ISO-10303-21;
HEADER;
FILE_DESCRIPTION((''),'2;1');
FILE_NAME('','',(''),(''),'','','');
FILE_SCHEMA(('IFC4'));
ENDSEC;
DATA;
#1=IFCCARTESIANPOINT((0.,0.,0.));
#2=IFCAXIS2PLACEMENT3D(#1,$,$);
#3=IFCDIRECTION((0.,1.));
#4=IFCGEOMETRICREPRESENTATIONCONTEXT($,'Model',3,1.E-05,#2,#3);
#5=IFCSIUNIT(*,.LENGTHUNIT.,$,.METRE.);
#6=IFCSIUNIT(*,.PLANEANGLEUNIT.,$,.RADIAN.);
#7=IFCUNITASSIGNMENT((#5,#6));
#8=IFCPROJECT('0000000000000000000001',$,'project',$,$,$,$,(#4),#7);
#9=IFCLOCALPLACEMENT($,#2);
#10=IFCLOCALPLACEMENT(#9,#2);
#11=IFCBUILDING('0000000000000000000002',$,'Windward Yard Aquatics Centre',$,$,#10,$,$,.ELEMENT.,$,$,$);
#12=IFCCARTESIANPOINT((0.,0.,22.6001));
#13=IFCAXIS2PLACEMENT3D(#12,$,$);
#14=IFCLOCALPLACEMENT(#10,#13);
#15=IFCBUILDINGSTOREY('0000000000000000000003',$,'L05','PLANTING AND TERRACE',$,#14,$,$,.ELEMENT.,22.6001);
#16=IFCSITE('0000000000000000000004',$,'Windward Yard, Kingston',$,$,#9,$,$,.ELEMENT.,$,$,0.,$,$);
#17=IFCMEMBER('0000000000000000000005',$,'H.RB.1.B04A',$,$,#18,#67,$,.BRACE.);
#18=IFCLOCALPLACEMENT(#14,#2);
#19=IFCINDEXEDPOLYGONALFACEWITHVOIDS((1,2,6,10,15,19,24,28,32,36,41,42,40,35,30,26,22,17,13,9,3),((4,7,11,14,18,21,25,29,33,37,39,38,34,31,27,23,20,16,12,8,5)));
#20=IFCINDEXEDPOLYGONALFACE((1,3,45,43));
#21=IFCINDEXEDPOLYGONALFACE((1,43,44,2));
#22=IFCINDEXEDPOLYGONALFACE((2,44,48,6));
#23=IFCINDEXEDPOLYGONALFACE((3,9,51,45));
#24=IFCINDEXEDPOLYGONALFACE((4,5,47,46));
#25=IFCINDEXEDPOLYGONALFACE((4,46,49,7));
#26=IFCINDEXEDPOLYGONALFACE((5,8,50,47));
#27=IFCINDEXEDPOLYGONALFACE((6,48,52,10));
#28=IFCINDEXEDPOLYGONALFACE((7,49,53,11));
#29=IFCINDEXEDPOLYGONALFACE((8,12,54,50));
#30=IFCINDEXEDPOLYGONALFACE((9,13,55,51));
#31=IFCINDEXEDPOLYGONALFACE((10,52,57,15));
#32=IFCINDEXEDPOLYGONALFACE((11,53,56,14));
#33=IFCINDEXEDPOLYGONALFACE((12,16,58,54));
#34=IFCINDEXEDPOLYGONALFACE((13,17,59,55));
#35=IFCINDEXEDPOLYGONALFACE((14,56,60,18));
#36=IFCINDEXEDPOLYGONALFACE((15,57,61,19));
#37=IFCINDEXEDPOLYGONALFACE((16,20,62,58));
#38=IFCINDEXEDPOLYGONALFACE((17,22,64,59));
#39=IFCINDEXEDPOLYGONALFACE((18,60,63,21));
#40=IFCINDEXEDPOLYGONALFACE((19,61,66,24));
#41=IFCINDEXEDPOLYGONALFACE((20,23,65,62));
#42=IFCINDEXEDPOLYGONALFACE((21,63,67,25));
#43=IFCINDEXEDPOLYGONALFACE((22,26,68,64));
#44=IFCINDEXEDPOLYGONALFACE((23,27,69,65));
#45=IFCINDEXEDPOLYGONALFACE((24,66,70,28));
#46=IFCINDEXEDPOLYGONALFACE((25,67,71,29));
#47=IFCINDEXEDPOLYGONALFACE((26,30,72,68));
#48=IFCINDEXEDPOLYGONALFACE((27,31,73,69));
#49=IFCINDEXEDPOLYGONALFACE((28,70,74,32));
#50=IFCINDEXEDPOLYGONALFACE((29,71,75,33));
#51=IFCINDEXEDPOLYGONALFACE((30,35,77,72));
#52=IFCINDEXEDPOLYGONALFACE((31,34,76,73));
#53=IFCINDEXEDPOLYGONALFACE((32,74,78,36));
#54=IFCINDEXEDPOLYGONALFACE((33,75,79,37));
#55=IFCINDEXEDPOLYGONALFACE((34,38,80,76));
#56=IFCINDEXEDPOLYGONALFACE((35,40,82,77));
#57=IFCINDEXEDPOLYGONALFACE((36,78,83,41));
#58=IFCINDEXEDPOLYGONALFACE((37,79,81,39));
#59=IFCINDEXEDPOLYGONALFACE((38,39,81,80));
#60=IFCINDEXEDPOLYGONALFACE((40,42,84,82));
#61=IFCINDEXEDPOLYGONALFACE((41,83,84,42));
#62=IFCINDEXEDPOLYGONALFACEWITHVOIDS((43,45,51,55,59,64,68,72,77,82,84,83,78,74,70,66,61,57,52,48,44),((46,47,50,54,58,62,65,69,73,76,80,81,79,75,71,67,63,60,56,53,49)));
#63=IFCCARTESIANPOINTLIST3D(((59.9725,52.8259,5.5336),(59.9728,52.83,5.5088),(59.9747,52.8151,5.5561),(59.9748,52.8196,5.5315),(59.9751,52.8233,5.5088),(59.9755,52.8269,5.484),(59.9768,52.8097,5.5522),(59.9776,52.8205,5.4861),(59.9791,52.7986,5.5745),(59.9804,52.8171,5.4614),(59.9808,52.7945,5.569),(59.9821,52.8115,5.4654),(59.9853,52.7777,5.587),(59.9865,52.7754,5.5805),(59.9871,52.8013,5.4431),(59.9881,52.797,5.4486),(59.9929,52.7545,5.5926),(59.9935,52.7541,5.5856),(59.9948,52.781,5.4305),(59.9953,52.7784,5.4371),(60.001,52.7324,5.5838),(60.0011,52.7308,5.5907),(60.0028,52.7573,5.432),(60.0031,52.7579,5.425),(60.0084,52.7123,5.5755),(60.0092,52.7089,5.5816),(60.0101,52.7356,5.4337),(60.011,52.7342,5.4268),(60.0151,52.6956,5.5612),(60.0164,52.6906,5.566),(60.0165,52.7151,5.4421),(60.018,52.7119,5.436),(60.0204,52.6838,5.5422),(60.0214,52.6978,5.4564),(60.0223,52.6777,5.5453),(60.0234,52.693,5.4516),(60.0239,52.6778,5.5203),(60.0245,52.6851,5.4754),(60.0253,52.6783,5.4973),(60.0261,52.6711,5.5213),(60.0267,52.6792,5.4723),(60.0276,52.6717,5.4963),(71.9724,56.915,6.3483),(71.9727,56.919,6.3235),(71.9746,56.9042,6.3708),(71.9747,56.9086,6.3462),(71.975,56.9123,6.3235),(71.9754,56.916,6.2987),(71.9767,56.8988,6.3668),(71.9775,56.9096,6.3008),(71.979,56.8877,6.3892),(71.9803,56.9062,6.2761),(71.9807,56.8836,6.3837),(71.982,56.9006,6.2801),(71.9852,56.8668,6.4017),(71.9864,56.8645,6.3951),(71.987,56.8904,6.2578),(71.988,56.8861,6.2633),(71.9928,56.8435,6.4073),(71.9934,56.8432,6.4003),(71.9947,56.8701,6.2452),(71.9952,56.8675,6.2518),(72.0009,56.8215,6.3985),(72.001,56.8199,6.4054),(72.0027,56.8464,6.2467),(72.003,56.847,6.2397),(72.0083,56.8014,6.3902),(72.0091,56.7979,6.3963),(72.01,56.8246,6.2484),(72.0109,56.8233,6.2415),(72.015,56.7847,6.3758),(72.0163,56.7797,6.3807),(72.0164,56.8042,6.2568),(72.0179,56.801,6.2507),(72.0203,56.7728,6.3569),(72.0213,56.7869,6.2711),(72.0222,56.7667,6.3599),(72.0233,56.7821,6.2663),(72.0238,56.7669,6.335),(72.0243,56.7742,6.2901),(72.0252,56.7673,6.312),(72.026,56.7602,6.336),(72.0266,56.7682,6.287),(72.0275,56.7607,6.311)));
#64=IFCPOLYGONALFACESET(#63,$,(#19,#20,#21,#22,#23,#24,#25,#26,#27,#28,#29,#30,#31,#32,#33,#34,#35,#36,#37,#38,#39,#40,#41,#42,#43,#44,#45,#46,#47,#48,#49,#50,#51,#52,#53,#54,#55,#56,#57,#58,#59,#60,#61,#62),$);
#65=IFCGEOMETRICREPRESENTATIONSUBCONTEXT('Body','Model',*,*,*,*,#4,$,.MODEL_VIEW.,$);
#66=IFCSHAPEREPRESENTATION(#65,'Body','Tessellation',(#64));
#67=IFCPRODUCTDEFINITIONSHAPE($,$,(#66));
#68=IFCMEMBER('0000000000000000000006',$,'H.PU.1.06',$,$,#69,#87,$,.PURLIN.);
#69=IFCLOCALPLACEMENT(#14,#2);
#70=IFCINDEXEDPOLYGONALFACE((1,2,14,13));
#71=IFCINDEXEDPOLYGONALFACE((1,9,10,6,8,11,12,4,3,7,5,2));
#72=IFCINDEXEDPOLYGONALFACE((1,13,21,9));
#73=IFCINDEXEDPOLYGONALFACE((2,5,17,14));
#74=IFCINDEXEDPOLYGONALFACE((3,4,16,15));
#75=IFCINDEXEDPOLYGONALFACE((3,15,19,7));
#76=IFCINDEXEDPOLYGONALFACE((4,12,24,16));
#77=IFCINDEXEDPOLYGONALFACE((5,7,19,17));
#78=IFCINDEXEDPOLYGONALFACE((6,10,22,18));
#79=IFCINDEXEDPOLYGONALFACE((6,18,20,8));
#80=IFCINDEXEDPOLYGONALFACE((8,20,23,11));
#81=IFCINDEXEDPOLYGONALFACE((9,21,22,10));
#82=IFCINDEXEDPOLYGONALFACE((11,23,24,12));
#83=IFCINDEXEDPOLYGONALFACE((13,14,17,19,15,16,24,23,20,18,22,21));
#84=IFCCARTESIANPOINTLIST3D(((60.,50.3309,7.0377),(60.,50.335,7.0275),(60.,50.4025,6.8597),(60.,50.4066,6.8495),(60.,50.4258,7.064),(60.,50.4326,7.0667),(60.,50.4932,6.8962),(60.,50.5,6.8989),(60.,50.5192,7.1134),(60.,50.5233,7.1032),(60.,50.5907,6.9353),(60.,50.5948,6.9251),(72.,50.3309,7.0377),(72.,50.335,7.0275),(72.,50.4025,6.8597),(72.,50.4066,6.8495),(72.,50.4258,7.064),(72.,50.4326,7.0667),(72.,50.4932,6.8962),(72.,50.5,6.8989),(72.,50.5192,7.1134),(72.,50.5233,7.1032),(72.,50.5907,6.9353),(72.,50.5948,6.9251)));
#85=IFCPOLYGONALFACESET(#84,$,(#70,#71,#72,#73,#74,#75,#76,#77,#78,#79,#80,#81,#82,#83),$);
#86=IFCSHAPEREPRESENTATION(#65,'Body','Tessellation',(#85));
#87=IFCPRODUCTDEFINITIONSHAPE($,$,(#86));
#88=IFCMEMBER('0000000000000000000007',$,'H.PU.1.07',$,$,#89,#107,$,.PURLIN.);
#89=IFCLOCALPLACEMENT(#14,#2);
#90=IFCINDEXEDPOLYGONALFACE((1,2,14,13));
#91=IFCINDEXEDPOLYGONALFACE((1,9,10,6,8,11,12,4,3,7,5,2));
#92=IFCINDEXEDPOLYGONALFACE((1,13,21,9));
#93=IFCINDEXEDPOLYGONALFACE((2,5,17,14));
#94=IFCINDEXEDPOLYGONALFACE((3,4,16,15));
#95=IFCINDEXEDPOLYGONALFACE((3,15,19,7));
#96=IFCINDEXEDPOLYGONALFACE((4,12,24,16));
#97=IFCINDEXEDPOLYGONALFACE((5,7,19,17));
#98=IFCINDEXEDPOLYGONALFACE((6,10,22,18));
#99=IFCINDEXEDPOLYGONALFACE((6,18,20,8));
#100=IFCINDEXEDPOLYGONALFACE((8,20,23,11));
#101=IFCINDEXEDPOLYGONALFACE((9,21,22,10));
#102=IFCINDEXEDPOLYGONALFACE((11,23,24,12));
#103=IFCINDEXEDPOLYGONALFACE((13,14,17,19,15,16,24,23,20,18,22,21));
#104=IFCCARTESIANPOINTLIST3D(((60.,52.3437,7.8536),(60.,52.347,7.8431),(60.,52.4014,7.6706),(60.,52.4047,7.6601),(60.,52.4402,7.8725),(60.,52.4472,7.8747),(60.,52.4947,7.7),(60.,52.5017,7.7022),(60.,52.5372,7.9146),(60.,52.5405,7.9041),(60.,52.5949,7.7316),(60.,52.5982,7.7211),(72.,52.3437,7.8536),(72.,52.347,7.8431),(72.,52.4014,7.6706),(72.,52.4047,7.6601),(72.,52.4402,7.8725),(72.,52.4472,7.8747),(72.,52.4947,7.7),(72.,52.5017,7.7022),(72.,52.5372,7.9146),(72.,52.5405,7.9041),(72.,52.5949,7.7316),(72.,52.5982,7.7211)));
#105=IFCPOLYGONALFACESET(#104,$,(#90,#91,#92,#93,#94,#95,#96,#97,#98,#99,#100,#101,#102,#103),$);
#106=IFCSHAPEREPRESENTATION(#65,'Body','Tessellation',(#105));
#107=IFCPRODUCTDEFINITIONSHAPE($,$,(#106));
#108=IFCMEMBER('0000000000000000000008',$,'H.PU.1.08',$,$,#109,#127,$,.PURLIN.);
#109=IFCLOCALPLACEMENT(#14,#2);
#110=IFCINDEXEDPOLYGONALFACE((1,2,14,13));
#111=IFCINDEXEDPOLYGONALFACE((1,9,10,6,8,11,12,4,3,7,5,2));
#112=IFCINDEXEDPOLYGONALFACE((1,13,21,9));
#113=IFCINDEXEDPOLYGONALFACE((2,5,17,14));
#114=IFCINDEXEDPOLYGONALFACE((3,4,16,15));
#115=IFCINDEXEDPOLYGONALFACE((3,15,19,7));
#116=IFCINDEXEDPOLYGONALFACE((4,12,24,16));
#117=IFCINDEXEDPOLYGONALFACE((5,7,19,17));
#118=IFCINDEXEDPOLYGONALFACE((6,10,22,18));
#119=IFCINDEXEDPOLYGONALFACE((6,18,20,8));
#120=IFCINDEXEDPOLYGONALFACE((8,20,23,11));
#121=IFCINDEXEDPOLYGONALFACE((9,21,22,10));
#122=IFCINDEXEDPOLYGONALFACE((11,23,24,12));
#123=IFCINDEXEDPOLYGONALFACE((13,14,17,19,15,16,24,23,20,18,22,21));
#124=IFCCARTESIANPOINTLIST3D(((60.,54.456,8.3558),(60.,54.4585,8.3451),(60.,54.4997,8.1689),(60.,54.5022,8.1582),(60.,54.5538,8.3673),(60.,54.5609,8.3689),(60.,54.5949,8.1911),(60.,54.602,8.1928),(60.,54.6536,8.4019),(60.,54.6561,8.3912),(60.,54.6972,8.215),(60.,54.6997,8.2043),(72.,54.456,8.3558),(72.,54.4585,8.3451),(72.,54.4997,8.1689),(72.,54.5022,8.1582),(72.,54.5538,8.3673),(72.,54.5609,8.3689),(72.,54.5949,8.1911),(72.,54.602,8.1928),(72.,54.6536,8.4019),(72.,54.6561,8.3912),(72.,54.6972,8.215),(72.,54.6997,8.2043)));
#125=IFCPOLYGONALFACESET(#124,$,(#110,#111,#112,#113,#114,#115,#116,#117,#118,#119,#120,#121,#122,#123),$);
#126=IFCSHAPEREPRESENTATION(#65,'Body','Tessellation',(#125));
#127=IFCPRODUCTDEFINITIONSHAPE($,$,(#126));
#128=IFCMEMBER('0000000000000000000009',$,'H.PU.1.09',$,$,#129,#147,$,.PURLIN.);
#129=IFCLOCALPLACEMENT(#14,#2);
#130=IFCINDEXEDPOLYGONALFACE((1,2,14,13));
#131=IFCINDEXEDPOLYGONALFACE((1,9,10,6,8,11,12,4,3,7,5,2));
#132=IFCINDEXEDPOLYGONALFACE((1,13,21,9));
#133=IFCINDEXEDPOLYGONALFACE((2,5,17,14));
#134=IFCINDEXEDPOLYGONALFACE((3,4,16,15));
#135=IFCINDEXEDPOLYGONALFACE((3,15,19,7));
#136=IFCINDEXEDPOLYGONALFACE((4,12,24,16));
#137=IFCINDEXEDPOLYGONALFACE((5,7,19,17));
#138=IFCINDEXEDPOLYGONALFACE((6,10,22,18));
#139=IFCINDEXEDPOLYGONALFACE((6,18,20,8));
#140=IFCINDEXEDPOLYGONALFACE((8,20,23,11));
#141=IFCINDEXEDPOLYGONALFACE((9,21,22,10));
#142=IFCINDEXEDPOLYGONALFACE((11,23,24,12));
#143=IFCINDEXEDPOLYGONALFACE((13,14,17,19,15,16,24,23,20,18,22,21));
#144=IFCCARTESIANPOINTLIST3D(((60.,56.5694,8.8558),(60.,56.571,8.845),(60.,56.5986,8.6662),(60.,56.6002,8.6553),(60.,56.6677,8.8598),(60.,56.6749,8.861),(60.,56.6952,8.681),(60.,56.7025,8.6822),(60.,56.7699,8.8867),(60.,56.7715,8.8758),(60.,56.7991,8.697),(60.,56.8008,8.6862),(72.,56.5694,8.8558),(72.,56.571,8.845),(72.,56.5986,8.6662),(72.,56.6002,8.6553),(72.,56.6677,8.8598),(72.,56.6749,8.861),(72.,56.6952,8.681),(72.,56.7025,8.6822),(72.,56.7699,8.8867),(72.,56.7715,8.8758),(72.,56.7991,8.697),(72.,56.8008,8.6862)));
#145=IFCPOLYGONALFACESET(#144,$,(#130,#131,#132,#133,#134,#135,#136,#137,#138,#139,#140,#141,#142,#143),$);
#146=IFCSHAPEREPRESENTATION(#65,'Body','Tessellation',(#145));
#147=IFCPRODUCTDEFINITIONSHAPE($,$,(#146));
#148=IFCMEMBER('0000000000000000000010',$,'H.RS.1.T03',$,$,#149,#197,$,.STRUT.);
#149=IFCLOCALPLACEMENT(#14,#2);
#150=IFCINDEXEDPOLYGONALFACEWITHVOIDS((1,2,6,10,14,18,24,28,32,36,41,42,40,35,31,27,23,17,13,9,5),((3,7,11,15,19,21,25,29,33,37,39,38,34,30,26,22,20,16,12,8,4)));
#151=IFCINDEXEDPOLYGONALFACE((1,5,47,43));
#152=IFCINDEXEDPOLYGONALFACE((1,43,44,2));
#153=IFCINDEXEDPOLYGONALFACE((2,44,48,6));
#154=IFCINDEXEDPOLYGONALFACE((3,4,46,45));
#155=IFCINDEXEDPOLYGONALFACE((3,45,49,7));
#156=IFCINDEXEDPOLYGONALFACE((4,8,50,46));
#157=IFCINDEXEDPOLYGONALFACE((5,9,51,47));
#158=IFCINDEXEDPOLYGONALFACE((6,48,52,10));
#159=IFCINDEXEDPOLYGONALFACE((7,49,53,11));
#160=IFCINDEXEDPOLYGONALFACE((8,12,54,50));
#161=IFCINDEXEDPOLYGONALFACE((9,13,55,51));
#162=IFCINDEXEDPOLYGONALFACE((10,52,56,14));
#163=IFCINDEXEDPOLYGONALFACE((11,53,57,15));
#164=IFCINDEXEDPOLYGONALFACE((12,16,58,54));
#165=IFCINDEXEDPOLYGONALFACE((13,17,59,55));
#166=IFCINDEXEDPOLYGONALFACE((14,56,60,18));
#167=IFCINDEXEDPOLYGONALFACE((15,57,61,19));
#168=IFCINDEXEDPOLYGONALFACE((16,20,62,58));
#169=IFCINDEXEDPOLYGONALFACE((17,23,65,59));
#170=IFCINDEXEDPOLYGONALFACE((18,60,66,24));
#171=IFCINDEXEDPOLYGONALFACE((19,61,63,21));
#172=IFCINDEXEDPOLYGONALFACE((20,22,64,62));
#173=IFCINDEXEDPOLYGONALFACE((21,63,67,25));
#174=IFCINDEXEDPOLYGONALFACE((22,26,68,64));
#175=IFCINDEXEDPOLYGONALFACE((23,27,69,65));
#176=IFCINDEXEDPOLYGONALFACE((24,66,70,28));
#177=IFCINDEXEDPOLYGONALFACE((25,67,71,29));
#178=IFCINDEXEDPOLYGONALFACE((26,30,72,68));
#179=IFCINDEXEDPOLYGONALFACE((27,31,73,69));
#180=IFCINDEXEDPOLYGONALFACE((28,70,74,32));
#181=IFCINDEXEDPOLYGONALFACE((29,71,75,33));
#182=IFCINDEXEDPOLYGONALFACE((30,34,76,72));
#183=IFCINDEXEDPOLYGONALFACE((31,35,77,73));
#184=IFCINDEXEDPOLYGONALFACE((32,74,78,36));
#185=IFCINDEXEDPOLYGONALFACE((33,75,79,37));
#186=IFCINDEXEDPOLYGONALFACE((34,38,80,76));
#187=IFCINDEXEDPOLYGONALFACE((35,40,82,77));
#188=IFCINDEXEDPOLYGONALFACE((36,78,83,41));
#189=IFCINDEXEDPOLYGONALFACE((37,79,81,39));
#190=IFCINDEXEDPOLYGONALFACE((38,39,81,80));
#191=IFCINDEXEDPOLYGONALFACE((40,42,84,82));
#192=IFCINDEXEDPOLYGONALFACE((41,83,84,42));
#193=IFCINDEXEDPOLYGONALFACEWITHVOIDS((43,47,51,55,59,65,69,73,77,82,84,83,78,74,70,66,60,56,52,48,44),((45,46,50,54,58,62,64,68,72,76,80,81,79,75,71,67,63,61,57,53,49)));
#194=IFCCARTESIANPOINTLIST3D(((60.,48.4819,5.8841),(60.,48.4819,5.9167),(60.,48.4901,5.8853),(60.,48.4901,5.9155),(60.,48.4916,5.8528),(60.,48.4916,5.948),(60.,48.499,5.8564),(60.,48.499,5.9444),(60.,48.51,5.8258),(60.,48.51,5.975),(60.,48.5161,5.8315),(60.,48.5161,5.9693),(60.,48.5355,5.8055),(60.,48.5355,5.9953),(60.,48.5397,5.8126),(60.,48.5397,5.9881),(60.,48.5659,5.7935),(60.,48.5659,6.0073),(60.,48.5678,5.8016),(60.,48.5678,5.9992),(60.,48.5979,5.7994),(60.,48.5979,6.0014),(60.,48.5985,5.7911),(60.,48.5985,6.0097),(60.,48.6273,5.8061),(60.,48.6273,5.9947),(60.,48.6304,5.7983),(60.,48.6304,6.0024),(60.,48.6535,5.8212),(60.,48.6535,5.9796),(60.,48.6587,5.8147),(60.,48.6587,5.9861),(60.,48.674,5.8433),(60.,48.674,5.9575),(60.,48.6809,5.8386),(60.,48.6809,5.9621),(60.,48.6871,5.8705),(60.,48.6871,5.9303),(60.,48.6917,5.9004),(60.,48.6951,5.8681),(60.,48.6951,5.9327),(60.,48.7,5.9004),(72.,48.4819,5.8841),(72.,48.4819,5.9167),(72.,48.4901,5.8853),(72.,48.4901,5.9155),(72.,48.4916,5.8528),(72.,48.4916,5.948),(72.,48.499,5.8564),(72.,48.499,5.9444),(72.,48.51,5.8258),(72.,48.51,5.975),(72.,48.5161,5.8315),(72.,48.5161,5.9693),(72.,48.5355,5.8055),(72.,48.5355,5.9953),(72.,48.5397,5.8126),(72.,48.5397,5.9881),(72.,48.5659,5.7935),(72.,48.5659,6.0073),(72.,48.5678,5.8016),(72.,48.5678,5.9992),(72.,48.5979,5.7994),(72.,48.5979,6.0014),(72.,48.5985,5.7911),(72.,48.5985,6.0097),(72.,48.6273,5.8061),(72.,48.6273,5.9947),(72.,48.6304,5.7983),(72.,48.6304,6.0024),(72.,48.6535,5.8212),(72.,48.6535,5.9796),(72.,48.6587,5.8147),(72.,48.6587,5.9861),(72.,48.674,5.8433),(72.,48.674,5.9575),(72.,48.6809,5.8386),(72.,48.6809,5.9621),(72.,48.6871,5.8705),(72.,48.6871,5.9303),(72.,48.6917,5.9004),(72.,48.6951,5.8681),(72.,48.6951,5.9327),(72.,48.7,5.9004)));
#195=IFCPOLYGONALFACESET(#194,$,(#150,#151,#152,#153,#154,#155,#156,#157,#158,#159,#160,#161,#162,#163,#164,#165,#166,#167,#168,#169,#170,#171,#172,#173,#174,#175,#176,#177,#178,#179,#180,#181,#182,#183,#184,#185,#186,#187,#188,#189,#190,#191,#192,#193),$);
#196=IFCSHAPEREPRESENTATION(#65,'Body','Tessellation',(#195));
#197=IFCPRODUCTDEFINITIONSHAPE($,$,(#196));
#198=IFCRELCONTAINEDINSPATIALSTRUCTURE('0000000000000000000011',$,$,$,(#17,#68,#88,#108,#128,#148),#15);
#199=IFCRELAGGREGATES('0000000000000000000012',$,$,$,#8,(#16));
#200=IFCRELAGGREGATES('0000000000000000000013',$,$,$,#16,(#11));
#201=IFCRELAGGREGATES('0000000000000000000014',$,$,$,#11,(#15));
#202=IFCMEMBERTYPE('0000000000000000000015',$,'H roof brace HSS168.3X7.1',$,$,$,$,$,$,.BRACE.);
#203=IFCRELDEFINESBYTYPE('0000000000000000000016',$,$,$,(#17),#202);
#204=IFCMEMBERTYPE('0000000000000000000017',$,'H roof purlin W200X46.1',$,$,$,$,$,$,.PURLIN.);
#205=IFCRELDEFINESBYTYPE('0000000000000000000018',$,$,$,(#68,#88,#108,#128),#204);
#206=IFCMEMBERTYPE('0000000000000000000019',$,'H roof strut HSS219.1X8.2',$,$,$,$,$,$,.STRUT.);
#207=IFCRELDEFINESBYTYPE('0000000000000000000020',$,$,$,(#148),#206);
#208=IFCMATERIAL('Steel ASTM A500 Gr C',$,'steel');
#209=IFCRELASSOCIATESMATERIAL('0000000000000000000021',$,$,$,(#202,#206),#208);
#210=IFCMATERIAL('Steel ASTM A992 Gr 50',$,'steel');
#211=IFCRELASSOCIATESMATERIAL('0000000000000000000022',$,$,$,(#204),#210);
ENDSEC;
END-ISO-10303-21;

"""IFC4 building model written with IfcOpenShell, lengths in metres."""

from ifc_helpers import new_model, si_unit, direction, frame, origin, origin_2d, place, context, subcontext, project, spatial, hollow_circle, i_section, extrude, material, material_profile, profile_set, type_object, element, save


model = new_model("IFC4")

# Units and contexts
model_context = context("Model", 3, precision=1e-05, world=origin(), true_north=direction((0.0, 1.0)))
body_context = subcontext(model_context, "Body", "Model", "MODEL_VIEW")
ifc_project = project(units=[si_unit("LENGTHUNIT", "METRE"), si_unit("PLANEANGLEUNIT", "RADIAN")], contexts=[model_context])

# Site, building, storey
site_placement = place(None, origin())
site = spatial("IfcSite", under=ifc_project, at=site_placement, Name="Windward Yard, Kingston", CompositionType="ELEMENT", RefElevation=0.0)
building_placement = place(site_placement, origin())
building = spatial("IfcBuilding", under=site, at=building_placement, Name="Windward Yard Aquatics Centre", CompositionType="ELEMENT")
storey_placement = place(building_placement, frame((0.0, 0.0, 22.6001)))
storey = spatial("IfcBuildingStorey", under=building, at=storey_placement, Name="L05", Description="PLANTING AND TERRACE", CompositionType="ELEMENT", Elevation=22.6001)

# Members
ifc_material_1 = material(Name="Steel ASTM A500 Gr C", Category="steel")
ifc_material_profile_1 = material_profile(ifc_material_1, hollow_circle(Radius=0.0842, WallThickness=0.0071, at=origin_2d()), Name="HSS168.3X7.1")
ifc_profile_set_1 = profile_set([ifc_material_profile_1], Name="Steel ASTM A500 Gr C")
member_type_1 = type_object("IfcMemberType", Name="H roof brace HSS168.3X7.1", PredefinedType="BRACE", material=ifc_profile_set_1)
member_1_placement = place(storey_placement, frame((60.0, 52.7502, 5.5088), z_axis=(0.944605, 0.321883, 0.064131), x_axis=(-0.322547, 0.946553, 0.0)))
element("IfcMember", 1, at=member_1_placement, inside=storey, type_object=member_type_1, Name="H.RB.1.B04A", PredefinedType="BRACE", context=body_context, shape_type="SweptSolid", body=[
    extrude(hollow_circle(Radius=0.0842, WallThickness=0.0071, at=origin_2d()), origin(), (0.0, 0.0, 1.0), 12.7036),
])
ifc_material_2 = material(Name="Steel ASTM A992 Gr 50", Category="steel")
ifc_material_profile_2 = material_profile(ifc_material_2, i_section(OverallWidth=0.2029, OverallDepth=0.2029, WebThickness=0.0073, FlangeThickness=0.011, at=origin_2d()), Name="W200X46.1")
ifc_profile_set_2 = profile_set([ifc_material_profile_2], Name="Steel ASTM A992 Gr 50")
member_type_2 = type_object("IfcMemberType", Name="H roof purlin W200X46.1", PredefinedType="PURLIN", material=ifc_profile_set_2)
for number, where, z_axis, x_axis, name in (
    (2, (60.0, 50.4629, 6.9814), (1.0, 0.0, 0.0), (0.0, 0.927869, 0.372907), "H.PU.1.06"),
    (3, (60.0, 52.4709, 7.7874), (1.0, 0.0, 0.0), (0.0, 0.953633, 0.300973), "H.PU.1.07"),
    (4, (60.0, 54.5779, 8.28), (1.0, 0.0, 0.0), (0.0, 0.973829, 0.227281), "H.PU.1.08"),
    (5, (60.0, 56.6851, 8.771), (1.0, 0.0, 0.0), (0.0, 0.98834, 0.152262), "H.PU.1.09"),
):
    element("IfcMember", number, at=place(storey_placement, frame(where, z_axis=z_axis, x_axis=x_axis)), inside=storey, type_object=member_type_2, Name=name, PredefinedType="PURLIN", context=body_context, shape_type="SweptSolid", body=[
        extrude(i_section(OverallWidth=0.2029, OverallDepth=0.2029, WebThickness=0.0073, FlangeThickness=0.011, at=origin_2d()), origin(), (0.0, 0.0, 1.0), 12.0),
    ])
ifc_material_profile_3 = material_profile(ifc_material_1, hollow_circle(Radius=0.1096, WallThickness=0.0083, at=origin_2d()), Name="HSS219.1X8.2")
ifc_profile_set_3 = profile_set([ifc_material_profile_3], Name="Steel ASTM A500 Gr C")
member_type_3 = type_object("IfcMemberType", Name="H roof strut HSS219.1X8.2", PredefinedType="STRUT", material=ifc_profile_set_3)
for number, where, z_axis, x_axis, name in (
    (6, (60.0, 48.5903, 5.9004), (1.0, 0.0, 0.0), (0.0, 1.0, 0.0), "H.RS.1.T03"),
):
    element("IfcMember", number, at=place(storey_placement, frame(where, z_axis=z_axis, x_axis=x_axis)), inside=storey, type_object=member_type_3, Name=name, PredefinedType="STRUT", context=body_context, shape_type="SweptSolid", body=[
        extrude(hollow_circle(Radius=0.1096, WallThickness=0.0083, at=origin_2d()), origin(), (0.0, 0.0, 1.0), 12.0),
    ])

save(model, "model.ifc")
